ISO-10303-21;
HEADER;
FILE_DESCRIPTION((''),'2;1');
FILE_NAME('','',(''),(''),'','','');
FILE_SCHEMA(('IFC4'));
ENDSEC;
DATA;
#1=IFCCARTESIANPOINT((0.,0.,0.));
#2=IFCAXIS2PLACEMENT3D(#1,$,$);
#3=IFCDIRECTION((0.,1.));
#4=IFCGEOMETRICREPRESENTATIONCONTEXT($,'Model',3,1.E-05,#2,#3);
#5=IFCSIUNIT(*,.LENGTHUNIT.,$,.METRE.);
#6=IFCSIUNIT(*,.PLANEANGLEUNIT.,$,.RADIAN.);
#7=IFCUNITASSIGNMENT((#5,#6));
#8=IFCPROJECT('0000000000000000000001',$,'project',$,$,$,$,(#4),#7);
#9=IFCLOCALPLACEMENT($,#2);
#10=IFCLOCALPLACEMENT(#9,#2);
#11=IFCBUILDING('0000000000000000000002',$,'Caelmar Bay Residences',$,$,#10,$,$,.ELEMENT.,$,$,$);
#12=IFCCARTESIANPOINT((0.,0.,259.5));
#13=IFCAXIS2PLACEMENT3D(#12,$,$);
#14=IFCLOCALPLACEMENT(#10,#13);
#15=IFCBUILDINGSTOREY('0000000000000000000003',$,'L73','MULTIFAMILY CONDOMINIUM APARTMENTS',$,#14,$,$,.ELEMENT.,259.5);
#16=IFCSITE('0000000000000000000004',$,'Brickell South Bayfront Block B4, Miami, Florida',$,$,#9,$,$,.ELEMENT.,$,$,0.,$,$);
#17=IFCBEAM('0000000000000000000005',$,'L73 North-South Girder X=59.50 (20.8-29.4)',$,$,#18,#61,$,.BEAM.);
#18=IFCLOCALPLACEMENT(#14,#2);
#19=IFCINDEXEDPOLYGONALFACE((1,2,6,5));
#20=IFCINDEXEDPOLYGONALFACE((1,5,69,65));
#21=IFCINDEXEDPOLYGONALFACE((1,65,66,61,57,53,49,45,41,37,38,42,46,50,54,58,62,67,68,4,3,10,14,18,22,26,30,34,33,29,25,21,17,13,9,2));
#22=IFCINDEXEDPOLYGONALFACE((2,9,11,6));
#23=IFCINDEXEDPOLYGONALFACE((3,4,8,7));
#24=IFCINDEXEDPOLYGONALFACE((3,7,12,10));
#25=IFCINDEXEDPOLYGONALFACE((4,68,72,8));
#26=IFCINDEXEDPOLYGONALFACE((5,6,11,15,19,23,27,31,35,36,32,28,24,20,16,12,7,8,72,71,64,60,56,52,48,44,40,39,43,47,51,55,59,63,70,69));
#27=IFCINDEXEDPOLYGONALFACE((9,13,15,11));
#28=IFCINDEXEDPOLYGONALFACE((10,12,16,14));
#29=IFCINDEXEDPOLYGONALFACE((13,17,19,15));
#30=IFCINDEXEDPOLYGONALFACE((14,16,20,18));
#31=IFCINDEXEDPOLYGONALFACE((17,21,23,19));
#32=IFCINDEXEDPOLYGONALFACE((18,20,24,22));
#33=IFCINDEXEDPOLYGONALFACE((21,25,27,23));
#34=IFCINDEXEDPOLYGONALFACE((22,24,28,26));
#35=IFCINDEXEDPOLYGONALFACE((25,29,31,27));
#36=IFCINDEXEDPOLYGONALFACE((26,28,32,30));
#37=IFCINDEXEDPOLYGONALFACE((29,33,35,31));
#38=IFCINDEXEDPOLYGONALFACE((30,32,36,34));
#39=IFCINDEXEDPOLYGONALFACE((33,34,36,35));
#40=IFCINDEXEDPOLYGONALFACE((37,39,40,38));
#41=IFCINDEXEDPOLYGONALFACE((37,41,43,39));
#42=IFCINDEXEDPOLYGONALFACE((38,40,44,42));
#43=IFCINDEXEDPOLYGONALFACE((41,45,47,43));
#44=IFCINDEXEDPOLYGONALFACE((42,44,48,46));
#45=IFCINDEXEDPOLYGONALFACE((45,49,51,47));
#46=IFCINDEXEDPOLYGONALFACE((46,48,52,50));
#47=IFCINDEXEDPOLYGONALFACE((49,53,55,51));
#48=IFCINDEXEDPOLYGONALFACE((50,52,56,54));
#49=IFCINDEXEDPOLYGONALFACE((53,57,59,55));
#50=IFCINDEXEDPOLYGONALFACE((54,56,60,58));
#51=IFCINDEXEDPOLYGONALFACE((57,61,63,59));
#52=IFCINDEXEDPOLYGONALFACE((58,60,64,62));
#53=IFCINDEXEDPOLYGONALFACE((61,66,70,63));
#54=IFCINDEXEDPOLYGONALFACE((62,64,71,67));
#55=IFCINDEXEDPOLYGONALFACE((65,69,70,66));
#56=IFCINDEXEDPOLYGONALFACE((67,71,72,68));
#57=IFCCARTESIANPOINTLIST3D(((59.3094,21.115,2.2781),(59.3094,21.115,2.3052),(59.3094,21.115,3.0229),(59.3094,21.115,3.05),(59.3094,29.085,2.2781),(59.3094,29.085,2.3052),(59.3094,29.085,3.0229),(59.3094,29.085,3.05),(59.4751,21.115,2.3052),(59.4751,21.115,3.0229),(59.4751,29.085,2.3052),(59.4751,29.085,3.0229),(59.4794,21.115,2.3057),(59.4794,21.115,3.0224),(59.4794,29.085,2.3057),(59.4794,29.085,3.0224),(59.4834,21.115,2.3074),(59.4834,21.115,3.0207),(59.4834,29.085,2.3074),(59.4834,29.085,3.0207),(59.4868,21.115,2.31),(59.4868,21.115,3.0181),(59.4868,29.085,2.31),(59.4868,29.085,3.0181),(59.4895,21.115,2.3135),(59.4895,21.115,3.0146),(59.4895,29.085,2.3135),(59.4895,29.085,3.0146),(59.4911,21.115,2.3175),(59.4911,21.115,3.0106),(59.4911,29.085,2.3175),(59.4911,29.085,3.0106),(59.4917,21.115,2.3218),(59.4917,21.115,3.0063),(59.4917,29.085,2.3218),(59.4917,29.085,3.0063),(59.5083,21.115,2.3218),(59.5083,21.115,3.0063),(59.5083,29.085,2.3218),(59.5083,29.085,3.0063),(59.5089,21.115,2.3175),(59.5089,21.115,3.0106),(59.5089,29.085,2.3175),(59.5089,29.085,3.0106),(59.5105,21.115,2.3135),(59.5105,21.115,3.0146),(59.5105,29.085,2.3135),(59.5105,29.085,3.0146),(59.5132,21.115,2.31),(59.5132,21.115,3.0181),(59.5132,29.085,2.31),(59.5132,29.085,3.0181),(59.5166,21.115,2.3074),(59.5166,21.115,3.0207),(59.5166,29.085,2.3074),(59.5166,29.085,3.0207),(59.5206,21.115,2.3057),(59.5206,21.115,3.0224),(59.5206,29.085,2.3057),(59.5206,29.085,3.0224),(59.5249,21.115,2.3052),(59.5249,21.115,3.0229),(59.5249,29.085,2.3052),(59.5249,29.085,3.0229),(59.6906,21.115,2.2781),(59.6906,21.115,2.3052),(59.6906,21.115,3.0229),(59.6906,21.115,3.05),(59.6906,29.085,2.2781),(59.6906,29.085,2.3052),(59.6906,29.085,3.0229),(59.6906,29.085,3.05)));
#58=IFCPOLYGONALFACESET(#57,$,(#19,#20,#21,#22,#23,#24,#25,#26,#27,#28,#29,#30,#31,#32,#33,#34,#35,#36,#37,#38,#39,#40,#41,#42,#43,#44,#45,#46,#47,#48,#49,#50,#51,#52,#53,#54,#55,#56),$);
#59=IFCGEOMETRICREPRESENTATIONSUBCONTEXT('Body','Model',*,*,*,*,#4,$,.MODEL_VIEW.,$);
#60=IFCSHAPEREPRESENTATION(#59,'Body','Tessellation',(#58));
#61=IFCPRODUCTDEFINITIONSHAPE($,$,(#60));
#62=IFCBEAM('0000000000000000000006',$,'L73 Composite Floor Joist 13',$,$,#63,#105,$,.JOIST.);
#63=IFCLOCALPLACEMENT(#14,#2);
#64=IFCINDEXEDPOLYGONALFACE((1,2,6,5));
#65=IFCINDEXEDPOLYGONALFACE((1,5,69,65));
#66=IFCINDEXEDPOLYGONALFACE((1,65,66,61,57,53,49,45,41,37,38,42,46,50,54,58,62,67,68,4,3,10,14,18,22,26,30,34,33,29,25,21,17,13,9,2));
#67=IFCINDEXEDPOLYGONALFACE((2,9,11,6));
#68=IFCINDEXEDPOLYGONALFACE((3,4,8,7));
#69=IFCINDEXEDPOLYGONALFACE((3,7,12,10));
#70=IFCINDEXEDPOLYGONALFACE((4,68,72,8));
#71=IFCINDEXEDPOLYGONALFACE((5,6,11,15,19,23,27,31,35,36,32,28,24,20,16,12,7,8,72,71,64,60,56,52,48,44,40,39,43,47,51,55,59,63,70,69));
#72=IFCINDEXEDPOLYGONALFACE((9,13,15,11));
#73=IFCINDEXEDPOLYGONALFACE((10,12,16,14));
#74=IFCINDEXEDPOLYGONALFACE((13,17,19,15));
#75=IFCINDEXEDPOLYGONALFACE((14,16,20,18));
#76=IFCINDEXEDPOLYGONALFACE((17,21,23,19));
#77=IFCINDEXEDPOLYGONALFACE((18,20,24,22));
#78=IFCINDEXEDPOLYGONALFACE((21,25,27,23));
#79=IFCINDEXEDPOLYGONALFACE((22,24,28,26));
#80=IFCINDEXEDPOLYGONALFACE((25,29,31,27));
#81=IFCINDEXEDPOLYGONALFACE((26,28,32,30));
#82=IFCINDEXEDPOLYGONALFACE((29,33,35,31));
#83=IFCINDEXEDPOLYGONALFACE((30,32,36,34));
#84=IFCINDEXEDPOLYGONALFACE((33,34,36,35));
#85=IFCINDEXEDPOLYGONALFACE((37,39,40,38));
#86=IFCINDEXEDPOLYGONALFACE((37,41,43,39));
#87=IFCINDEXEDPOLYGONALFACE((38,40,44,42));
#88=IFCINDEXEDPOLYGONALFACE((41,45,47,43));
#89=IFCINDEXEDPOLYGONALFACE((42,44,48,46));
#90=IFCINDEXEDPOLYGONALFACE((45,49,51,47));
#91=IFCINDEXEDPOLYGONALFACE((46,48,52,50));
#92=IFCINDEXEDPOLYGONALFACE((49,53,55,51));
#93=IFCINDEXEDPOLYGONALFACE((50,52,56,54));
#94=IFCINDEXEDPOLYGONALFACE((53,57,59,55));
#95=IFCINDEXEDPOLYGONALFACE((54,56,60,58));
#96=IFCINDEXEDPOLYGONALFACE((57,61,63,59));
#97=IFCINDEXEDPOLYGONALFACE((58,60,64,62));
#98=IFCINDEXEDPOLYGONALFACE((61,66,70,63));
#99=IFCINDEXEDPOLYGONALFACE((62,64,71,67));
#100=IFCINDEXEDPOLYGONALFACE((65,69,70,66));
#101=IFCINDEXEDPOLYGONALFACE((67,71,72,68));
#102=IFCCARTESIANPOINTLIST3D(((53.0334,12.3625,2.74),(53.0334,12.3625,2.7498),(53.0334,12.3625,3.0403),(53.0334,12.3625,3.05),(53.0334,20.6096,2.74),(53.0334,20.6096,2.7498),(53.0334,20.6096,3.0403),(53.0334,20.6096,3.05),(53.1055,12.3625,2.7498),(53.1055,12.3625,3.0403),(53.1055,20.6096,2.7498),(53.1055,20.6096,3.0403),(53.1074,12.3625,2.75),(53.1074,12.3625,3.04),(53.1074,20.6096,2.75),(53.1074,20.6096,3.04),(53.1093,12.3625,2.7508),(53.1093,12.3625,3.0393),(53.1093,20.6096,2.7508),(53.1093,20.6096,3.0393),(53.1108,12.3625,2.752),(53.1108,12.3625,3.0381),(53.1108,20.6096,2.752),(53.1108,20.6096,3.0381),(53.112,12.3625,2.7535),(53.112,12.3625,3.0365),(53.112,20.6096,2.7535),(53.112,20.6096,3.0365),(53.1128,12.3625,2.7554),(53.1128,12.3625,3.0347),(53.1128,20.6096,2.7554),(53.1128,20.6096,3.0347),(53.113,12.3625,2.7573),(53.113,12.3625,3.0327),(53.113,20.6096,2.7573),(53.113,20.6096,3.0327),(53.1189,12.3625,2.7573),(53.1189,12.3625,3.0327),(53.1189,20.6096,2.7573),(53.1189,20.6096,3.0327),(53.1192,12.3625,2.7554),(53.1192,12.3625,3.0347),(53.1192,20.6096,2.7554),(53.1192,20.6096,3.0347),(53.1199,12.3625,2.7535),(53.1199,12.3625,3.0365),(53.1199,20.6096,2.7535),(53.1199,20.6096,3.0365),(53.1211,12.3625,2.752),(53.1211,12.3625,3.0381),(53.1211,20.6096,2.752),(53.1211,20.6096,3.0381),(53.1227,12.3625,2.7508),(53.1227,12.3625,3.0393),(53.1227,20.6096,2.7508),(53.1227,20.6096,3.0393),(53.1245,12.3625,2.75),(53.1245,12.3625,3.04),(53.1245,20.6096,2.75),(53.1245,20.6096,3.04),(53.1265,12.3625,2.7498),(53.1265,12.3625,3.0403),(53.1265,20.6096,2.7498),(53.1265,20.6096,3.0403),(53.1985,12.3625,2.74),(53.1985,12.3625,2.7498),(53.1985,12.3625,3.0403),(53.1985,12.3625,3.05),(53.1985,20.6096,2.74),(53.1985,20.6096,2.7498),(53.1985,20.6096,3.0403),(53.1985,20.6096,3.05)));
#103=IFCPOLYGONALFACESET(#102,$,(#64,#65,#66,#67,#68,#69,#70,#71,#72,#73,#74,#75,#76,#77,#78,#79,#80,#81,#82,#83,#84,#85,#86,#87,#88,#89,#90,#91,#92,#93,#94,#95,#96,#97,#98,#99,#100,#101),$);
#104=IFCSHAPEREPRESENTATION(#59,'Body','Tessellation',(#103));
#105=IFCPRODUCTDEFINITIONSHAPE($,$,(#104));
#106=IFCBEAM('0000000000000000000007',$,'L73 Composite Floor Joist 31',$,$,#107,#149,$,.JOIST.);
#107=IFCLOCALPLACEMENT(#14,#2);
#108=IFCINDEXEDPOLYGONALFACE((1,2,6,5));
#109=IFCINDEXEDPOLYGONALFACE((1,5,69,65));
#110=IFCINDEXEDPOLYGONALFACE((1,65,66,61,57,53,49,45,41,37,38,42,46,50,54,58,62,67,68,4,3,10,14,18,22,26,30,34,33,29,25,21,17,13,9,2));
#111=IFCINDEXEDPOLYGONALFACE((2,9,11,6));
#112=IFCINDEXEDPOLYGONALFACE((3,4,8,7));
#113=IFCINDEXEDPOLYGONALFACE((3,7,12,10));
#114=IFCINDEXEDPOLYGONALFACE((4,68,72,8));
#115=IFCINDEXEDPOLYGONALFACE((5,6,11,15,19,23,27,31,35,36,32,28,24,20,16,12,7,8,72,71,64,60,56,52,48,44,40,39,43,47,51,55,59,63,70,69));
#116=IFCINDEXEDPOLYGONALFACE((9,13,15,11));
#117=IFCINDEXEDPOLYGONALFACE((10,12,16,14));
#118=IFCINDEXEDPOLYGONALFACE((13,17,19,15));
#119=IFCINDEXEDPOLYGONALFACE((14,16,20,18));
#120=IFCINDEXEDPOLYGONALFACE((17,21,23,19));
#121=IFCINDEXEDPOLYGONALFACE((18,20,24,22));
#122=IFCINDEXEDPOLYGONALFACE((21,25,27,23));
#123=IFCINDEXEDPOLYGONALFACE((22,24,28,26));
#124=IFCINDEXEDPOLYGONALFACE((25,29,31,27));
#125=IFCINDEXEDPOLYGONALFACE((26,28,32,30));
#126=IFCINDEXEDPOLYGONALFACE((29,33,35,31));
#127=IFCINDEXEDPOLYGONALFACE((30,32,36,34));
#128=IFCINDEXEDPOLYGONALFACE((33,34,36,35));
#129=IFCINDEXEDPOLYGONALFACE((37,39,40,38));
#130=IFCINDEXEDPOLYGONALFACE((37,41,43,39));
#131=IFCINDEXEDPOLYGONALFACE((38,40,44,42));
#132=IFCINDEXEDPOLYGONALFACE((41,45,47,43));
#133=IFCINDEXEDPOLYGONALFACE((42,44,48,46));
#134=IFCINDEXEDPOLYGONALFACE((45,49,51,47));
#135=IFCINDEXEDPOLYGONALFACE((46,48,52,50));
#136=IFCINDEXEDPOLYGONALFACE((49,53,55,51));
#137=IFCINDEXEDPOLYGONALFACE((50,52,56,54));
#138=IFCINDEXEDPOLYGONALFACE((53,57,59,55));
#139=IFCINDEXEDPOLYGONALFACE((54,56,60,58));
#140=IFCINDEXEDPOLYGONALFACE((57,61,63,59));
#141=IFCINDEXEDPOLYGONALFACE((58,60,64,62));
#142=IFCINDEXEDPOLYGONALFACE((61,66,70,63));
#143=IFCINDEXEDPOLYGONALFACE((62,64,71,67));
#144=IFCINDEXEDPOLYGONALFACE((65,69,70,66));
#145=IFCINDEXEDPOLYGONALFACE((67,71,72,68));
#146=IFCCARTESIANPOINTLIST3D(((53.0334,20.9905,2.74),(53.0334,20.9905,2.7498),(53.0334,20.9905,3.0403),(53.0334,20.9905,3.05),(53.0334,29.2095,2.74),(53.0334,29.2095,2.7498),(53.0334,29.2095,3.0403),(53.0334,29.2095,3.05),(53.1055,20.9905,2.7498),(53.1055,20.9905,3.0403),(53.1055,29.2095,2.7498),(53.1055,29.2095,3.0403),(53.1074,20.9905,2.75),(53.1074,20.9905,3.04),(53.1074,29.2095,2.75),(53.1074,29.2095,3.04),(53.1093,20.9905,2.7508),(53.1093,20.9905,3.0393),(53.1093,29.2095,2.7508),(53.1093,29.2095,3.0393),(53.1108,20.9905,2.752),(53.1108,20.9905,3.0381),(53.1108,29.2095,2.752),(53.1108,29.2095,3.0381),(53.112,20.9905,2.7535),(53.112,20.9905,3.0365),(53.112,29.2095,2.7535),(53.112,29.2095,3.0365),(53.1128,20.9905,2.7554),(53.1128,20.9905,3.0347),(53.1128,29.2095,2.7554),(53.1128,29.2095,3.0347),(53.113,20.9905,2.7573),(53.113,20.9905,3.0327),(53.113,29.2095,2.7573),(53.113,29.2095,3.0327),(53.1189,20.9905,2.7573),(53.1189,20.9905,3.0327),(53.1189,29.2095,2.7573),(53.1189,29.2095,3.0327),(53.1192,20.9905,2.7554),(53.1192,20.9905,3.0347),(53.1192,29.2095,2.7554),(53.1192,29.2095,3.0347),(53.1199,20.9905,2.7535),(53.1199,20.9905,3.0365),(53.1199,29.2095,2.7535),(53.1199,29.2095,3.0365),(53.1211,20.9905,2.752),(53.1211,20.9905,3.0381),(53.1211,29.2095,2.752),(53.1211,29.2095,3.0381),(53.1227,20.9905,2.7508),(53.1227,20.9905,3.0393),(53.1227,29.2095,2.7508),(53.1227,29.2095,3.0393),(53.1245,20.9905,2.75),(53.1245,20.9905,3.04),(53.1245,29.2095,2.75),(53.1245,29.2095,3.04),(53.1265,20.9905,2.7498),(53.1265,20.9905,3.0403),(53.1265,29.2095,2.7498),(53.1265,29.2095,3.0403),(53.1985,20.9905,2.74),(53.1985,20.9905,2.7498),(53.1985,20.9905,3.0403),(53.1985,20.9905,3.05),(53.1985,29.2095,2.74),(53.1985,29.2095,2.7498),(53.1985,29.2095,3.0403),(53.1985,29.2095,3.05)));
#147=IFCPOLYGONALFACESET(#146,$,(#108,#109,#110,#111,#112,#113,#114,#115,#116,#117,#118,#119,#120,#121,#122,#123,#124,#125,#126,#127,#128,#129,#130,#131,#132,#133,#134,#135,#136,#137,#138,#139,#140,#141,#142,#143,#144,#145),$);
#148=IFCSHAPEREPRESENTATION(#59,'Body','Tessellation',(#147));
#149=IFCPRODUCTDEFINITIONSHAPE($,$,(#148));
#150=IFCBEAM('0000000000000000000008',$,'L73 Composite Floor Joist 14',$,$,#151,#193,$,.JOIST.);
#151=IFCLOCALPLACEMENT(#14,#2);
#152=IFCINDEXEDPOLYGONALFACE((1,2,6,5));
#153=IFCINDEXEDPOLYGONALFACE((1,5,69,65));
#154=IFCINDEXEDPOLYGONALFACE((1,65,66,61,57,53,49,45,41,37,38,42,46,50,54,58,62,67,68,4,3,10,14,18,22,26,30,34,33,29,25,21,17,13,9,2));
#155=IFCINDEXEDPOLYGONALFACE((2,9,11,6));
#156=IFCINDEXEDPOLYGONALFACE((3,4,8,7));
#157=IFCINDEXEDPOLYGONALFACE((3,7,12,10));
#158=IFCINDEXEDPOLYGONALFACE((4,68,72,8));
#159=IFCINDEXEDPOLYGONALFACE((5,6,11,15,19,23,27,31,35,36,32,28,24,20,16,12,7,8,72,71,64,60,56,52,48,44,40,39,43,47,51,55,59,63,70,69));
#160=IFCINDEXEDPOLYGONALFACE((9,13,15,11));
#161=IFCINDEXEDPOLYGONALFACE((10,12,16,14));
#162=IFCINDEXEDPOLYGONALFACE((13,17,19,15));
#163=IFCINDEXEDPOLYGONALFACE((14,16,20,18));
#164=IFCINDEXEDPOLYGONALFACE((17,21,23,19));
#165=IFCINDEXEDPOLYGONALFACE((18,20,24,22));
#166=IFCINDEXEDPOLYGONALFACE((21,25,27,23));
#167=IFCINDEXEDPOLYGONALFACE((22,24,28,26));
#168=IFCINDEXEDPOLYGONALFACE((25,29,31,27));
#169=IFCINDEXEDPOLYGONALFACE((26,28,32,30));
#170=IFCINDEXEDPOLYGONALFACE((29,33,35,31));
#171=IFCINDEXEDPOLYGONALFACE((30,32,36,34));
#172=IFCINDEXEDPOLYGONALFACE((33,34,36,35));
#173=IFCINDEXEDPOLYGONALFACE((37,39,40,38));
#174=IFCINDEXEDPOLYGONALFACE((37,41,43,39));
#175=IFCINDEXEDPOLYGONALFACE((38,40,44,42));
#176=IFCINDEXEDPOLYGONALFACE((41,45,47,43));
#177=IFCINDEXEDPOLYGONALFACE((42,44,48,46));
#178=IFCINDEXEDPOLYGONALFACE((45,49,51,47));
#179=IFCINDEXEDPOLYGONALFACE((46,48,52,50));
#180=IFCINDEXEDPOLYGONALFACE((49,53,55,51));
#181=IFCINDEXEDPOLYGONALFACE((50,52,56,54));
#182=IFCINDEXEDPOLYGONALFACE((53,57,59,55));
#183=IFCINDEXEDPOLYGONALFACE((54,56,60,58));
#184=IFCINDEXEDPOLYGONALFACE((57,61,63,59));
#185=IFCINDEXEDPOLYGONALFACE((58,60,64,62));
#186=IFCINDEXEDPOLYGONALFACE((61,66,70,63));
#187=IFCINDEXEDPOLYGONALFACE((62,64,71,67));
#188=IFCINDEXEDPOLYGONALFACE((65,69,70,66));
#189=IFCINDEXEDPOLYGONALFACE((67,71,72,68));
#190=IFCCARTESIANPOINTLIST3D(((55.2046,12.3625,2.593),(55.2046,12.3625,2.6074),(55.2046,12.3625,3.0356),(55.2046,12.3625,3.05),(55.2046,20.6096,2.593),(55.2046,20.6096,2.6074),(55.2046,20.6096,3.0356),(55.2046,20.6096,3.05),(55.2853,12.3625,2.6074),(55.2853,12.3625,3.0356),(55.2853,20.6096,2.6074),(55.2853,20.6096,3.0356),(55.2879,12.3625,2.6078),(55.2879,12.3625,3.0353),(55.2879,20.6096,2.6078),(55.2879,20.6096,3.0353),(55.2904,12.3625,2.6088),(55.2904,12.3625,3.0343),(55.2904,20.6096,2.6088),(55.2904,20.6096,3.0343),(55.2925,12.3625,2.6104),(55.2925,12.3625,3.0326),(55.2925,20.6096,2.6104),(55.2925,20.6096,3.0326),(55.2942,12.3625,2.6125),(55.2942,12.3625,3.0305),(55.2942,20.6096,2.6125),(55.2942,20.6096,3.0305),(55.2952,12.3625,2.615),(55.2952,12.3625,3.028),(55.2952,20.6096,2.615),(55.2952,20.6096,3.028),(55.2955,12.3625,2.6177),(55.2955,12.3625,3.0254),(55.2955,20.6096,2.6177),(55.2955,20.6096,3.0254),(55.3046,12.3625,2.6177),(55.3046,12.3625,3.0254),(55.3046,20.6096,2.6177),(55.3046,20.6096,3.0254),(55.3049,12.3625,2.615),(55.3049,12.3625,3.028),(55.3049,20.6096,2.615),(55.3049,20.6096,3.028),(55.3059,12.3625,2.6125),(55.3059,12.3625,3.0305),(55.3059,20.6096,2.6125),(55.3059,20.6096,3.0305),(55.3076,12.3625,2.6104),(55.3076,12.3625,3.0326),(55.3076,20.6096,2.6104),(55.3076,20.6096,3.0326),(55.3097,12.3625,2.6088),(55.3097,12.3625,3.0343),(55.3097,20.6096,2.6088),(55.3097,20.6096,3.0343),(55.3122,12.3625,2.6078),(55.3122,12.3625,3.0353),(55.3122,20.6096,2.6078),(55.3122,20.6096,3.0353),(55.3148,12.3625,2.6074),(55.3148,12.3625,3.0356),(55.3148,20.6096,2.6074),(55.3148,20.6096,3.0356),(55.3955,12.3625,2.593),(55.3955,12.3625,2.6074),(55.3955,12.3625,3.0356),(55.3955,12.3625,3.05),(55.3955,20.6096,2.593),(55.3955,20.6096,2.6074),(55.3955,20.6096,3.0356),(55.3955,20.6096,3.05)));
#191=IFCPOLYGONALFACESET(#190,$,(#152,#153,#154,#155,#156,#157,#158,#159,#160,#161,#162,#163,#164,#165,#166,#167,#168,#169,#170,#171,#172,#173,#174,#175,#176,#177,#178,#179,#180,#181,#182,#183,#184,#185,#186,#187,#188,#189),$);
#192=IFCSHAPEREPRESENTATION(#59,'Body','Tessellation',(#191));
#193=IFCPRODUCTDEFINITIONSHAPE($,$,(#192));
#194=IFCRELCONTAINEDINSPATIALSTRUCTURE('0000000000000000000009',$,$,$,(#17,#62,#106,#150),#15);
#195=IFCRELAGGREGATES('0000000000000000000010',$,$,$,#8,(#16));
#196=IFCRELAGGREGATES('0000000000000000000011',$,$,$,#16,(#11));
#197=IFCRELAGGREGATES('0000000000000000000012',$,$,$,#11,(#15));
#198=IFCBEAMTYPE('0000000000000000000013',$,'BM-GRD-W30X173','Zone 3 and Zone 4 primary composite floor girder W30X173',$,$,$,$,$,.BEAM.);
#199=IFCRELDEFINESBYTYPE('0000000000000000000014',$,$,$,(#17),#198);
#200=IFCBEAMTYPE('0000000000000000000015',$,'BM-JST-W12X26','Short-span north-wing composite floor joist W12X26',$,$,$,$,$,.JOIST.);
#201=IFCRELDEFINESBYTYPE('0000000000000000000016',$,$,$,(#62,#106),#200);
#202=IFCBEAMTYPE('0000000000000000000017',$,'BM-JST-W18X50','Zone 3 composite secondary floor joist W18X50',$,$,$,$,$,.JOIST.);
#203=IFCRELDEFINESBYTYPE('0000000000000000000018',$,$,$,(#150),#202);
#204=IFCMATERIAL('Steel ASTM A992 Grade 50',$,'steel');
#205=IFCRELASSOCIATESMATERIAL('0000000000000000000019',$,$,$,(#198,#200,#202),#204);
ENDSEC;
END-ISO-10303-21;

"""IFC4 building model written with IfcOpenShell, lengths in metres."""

from ifc_helpers import new_model, si_unit, direction, frame, origin, origin_2d, place, context, subcontext, project, spatial, i_section, extrude, material, material_profile, profile_set, type_object, element, save


model = new_model("IFC4")

# Units and contexts
model_context = context("Model", 3, precision=1e-05, world=origin(), true_north=direction((0.0, 1.0)))
body_context = subcontext(model_context, "Body", "Model", "MODEL_VIEW")
ifc_project = project(units=[si_unit("LENGTHUNIT", "METRE"), si_unit("PLANEANGLEUNIT", "RADIAN")], contexts=[model_context])

# Site, building, storey
site_placement = place(None, origin())
site = spatial("IfcSite", under=ifc_project, at=site_placement, Name="Brickell South Bayfront Block B4, Miami, Florida", CompositionType="ELEMENT", RefElevation=0.0)
building_placement = place(site_placement, origin())
building = spatial("IfcBuilding", under=site, at=building_placement, Name="Caelmar Bay Residences", CompositionType="ELEMENT")
storey_placement = place(building_placement, frame((0.0, 0.0, 259.5)))
storey = spatial("IfcBuildingStorey", under=building, at=storey_placement, Name="L73", Description="MULTIFAMILY CONDOMINIUM APARTMENTS", CompositionType="ELEMENT", Elevation=259.5)

# Beams
ifc_material_1 = material(Name="Steel ASTM A992 Grade 50", Category="steel")
ifc_material_profile_1 = material_profile(ifc_material_1, i_section(OverallWidth=0.3811, OverallDepth=0.772, WebThickness=0.0166, FlangeThickness=0.0271, FilletRadius=0.0166, at=origin_2d()), Name="W30X173")
ifc_profile_set_1 = profile_set([ifc_material_profile_1], Name="Steel ASTM A992 Grade 50")
beam_type_1 = type_object("IfcBeamType", Name="BM-GRD-W30X173", Description="Zone 3 and Zone 4 primary composite floor girder W30X173", PredefinedType="BEAM", material=ifc_profile_set_1)
beam_1_placement = place(storey_placement, frame((59.5, 21.115, 2.6641), z_axis=(0.0, 1.0, 0.0), x_axis=(-1.0, 0.0, 0.0)))
element("IfcBeam", 1, at=beam_1_placement, inside=storey, type_object=beam_type_1, Name="L73 North-South Girder X=59.50 (20.8-29.4)", PredefinedType="BEAM", context=body_context, shape_type="SweptSolid", body=[
    extrude(i_section(OverallWidth=0.3811, OverallDepth=0.772, WebThickness=0.0166, FlangeThickness=0.0271, FilletRadius=0.0166, at=origin_2d()), origin(), (0.0, 0.0, 1.0), 7.97),
])
ifc_material_profile_2 = material_profile(ifc_material_1, i_section(OverallWidth=0.165, OverallDepth=0.3101, WebThickness=0.0059, FlangeThickness=0.0098, FilletRadius=0.0076, at=origin_2d()), Name="W12X26")
ifc_profile_set_2 = profile_set([ifc_material_profile_2], Name="Steel ASTM A992 Grade 50")
beam_type_2 = type_object("IfcBeamType", Name="BM-JST-W12X26", Description="Short-span north-wing composite floor joist W12X26", PredefinedType="JOIST", material=ifc_profile_set_2)
beam_2_placement = place(storey_placement, frame((53.116, 12.3625, 2.895), z_axis=(0.0, 1.0, 0.0), x_axis=(-1.0, 0.0, 0.0)))
element("IfcBeam", 2, at=beam_2_placement, inside=storey, type_object=beam_type_2, Name="L73 Composite Floor Joist 13", PredefinedType="JOIST", context=body_context, shape_type="SweptSolid", body=[
    extrude(i_section(OverallWidth=0.165, OverallDepth=0.3101, WebThickness=0.0059, FlangeThickness=0.0098, FilletRadius=0.0076, at=origin_2d()), origin(), (0.0, 0.0, 1.0), 8.2471),
])
beam_3_placement = place(storey_placement, frame((53.116, 20.9905, 2.895), z_axis=(0.0, 1.0, 0.0), x_axis=(-1.0, 0.0, 0.0)))
element("IfcBeam", 3, at=beam_3_placement, inside=storey, type_object=beam_type_2, Name="L73 Composite Floor Joist 31", PredefinedType="JOIST", context=body_context, shape_type="SweptSolid", body=[
    extrude(i_section(OverallWidth=0.165, OverallDepth=0.3101, WebThickness=0.0059, FlangeThickness=0.0098, FilletRadius=0.0076, at=origin_2d()), origin(), (0.0, 0.0, 1.0), 8.219),
])
ifc_material_profile_3 = material_profile(ifc_material_1, i_section(OverallWidth=0.1909, OverallDepth=0.457, WebThickness=0.009, FlangeThickness=0.0144, FilletRadius=0.0103, at=origin_2d()), Name="W18X50")
ifc_profile_set_3 = profile_set([ifc_material_profile_3], Name="Steel ASTM A992 Grade 50")
beam_type_3 = type_object("IfcBeamType", Name="BM-JST-W18X50", Description="Zone 3 composite secondary floor joist W18X50", PredefinedType="JOIST", material=ifc_profile_set_3)
beam_4_placement = place(storey_placement, frame((55.3, 12.3625, 2.8215), z_axis=(0.0, 1.0, 0.0), x_axis=(-1.0, 0.0, 0.0)))
element("IfcBeam", 4, at=beam_4_placement, inside=storey, type_object=beam_type_3, Name="L73 Composite Floor Joist 14", PredefinedType="JOIST", context=body_context, shape_type="SweptSolid", body=[
    extrude(i_section(OverallWidth=0.1909, OverallDepth=0.457, WebThickness=0.009, FlangeThickness=0.0144, FilletRadius=0.0103, at=origin_2d()), origin(), (0.0, 0.0, 1.0), 8.2471),
])

save(model, "model.ifc")
